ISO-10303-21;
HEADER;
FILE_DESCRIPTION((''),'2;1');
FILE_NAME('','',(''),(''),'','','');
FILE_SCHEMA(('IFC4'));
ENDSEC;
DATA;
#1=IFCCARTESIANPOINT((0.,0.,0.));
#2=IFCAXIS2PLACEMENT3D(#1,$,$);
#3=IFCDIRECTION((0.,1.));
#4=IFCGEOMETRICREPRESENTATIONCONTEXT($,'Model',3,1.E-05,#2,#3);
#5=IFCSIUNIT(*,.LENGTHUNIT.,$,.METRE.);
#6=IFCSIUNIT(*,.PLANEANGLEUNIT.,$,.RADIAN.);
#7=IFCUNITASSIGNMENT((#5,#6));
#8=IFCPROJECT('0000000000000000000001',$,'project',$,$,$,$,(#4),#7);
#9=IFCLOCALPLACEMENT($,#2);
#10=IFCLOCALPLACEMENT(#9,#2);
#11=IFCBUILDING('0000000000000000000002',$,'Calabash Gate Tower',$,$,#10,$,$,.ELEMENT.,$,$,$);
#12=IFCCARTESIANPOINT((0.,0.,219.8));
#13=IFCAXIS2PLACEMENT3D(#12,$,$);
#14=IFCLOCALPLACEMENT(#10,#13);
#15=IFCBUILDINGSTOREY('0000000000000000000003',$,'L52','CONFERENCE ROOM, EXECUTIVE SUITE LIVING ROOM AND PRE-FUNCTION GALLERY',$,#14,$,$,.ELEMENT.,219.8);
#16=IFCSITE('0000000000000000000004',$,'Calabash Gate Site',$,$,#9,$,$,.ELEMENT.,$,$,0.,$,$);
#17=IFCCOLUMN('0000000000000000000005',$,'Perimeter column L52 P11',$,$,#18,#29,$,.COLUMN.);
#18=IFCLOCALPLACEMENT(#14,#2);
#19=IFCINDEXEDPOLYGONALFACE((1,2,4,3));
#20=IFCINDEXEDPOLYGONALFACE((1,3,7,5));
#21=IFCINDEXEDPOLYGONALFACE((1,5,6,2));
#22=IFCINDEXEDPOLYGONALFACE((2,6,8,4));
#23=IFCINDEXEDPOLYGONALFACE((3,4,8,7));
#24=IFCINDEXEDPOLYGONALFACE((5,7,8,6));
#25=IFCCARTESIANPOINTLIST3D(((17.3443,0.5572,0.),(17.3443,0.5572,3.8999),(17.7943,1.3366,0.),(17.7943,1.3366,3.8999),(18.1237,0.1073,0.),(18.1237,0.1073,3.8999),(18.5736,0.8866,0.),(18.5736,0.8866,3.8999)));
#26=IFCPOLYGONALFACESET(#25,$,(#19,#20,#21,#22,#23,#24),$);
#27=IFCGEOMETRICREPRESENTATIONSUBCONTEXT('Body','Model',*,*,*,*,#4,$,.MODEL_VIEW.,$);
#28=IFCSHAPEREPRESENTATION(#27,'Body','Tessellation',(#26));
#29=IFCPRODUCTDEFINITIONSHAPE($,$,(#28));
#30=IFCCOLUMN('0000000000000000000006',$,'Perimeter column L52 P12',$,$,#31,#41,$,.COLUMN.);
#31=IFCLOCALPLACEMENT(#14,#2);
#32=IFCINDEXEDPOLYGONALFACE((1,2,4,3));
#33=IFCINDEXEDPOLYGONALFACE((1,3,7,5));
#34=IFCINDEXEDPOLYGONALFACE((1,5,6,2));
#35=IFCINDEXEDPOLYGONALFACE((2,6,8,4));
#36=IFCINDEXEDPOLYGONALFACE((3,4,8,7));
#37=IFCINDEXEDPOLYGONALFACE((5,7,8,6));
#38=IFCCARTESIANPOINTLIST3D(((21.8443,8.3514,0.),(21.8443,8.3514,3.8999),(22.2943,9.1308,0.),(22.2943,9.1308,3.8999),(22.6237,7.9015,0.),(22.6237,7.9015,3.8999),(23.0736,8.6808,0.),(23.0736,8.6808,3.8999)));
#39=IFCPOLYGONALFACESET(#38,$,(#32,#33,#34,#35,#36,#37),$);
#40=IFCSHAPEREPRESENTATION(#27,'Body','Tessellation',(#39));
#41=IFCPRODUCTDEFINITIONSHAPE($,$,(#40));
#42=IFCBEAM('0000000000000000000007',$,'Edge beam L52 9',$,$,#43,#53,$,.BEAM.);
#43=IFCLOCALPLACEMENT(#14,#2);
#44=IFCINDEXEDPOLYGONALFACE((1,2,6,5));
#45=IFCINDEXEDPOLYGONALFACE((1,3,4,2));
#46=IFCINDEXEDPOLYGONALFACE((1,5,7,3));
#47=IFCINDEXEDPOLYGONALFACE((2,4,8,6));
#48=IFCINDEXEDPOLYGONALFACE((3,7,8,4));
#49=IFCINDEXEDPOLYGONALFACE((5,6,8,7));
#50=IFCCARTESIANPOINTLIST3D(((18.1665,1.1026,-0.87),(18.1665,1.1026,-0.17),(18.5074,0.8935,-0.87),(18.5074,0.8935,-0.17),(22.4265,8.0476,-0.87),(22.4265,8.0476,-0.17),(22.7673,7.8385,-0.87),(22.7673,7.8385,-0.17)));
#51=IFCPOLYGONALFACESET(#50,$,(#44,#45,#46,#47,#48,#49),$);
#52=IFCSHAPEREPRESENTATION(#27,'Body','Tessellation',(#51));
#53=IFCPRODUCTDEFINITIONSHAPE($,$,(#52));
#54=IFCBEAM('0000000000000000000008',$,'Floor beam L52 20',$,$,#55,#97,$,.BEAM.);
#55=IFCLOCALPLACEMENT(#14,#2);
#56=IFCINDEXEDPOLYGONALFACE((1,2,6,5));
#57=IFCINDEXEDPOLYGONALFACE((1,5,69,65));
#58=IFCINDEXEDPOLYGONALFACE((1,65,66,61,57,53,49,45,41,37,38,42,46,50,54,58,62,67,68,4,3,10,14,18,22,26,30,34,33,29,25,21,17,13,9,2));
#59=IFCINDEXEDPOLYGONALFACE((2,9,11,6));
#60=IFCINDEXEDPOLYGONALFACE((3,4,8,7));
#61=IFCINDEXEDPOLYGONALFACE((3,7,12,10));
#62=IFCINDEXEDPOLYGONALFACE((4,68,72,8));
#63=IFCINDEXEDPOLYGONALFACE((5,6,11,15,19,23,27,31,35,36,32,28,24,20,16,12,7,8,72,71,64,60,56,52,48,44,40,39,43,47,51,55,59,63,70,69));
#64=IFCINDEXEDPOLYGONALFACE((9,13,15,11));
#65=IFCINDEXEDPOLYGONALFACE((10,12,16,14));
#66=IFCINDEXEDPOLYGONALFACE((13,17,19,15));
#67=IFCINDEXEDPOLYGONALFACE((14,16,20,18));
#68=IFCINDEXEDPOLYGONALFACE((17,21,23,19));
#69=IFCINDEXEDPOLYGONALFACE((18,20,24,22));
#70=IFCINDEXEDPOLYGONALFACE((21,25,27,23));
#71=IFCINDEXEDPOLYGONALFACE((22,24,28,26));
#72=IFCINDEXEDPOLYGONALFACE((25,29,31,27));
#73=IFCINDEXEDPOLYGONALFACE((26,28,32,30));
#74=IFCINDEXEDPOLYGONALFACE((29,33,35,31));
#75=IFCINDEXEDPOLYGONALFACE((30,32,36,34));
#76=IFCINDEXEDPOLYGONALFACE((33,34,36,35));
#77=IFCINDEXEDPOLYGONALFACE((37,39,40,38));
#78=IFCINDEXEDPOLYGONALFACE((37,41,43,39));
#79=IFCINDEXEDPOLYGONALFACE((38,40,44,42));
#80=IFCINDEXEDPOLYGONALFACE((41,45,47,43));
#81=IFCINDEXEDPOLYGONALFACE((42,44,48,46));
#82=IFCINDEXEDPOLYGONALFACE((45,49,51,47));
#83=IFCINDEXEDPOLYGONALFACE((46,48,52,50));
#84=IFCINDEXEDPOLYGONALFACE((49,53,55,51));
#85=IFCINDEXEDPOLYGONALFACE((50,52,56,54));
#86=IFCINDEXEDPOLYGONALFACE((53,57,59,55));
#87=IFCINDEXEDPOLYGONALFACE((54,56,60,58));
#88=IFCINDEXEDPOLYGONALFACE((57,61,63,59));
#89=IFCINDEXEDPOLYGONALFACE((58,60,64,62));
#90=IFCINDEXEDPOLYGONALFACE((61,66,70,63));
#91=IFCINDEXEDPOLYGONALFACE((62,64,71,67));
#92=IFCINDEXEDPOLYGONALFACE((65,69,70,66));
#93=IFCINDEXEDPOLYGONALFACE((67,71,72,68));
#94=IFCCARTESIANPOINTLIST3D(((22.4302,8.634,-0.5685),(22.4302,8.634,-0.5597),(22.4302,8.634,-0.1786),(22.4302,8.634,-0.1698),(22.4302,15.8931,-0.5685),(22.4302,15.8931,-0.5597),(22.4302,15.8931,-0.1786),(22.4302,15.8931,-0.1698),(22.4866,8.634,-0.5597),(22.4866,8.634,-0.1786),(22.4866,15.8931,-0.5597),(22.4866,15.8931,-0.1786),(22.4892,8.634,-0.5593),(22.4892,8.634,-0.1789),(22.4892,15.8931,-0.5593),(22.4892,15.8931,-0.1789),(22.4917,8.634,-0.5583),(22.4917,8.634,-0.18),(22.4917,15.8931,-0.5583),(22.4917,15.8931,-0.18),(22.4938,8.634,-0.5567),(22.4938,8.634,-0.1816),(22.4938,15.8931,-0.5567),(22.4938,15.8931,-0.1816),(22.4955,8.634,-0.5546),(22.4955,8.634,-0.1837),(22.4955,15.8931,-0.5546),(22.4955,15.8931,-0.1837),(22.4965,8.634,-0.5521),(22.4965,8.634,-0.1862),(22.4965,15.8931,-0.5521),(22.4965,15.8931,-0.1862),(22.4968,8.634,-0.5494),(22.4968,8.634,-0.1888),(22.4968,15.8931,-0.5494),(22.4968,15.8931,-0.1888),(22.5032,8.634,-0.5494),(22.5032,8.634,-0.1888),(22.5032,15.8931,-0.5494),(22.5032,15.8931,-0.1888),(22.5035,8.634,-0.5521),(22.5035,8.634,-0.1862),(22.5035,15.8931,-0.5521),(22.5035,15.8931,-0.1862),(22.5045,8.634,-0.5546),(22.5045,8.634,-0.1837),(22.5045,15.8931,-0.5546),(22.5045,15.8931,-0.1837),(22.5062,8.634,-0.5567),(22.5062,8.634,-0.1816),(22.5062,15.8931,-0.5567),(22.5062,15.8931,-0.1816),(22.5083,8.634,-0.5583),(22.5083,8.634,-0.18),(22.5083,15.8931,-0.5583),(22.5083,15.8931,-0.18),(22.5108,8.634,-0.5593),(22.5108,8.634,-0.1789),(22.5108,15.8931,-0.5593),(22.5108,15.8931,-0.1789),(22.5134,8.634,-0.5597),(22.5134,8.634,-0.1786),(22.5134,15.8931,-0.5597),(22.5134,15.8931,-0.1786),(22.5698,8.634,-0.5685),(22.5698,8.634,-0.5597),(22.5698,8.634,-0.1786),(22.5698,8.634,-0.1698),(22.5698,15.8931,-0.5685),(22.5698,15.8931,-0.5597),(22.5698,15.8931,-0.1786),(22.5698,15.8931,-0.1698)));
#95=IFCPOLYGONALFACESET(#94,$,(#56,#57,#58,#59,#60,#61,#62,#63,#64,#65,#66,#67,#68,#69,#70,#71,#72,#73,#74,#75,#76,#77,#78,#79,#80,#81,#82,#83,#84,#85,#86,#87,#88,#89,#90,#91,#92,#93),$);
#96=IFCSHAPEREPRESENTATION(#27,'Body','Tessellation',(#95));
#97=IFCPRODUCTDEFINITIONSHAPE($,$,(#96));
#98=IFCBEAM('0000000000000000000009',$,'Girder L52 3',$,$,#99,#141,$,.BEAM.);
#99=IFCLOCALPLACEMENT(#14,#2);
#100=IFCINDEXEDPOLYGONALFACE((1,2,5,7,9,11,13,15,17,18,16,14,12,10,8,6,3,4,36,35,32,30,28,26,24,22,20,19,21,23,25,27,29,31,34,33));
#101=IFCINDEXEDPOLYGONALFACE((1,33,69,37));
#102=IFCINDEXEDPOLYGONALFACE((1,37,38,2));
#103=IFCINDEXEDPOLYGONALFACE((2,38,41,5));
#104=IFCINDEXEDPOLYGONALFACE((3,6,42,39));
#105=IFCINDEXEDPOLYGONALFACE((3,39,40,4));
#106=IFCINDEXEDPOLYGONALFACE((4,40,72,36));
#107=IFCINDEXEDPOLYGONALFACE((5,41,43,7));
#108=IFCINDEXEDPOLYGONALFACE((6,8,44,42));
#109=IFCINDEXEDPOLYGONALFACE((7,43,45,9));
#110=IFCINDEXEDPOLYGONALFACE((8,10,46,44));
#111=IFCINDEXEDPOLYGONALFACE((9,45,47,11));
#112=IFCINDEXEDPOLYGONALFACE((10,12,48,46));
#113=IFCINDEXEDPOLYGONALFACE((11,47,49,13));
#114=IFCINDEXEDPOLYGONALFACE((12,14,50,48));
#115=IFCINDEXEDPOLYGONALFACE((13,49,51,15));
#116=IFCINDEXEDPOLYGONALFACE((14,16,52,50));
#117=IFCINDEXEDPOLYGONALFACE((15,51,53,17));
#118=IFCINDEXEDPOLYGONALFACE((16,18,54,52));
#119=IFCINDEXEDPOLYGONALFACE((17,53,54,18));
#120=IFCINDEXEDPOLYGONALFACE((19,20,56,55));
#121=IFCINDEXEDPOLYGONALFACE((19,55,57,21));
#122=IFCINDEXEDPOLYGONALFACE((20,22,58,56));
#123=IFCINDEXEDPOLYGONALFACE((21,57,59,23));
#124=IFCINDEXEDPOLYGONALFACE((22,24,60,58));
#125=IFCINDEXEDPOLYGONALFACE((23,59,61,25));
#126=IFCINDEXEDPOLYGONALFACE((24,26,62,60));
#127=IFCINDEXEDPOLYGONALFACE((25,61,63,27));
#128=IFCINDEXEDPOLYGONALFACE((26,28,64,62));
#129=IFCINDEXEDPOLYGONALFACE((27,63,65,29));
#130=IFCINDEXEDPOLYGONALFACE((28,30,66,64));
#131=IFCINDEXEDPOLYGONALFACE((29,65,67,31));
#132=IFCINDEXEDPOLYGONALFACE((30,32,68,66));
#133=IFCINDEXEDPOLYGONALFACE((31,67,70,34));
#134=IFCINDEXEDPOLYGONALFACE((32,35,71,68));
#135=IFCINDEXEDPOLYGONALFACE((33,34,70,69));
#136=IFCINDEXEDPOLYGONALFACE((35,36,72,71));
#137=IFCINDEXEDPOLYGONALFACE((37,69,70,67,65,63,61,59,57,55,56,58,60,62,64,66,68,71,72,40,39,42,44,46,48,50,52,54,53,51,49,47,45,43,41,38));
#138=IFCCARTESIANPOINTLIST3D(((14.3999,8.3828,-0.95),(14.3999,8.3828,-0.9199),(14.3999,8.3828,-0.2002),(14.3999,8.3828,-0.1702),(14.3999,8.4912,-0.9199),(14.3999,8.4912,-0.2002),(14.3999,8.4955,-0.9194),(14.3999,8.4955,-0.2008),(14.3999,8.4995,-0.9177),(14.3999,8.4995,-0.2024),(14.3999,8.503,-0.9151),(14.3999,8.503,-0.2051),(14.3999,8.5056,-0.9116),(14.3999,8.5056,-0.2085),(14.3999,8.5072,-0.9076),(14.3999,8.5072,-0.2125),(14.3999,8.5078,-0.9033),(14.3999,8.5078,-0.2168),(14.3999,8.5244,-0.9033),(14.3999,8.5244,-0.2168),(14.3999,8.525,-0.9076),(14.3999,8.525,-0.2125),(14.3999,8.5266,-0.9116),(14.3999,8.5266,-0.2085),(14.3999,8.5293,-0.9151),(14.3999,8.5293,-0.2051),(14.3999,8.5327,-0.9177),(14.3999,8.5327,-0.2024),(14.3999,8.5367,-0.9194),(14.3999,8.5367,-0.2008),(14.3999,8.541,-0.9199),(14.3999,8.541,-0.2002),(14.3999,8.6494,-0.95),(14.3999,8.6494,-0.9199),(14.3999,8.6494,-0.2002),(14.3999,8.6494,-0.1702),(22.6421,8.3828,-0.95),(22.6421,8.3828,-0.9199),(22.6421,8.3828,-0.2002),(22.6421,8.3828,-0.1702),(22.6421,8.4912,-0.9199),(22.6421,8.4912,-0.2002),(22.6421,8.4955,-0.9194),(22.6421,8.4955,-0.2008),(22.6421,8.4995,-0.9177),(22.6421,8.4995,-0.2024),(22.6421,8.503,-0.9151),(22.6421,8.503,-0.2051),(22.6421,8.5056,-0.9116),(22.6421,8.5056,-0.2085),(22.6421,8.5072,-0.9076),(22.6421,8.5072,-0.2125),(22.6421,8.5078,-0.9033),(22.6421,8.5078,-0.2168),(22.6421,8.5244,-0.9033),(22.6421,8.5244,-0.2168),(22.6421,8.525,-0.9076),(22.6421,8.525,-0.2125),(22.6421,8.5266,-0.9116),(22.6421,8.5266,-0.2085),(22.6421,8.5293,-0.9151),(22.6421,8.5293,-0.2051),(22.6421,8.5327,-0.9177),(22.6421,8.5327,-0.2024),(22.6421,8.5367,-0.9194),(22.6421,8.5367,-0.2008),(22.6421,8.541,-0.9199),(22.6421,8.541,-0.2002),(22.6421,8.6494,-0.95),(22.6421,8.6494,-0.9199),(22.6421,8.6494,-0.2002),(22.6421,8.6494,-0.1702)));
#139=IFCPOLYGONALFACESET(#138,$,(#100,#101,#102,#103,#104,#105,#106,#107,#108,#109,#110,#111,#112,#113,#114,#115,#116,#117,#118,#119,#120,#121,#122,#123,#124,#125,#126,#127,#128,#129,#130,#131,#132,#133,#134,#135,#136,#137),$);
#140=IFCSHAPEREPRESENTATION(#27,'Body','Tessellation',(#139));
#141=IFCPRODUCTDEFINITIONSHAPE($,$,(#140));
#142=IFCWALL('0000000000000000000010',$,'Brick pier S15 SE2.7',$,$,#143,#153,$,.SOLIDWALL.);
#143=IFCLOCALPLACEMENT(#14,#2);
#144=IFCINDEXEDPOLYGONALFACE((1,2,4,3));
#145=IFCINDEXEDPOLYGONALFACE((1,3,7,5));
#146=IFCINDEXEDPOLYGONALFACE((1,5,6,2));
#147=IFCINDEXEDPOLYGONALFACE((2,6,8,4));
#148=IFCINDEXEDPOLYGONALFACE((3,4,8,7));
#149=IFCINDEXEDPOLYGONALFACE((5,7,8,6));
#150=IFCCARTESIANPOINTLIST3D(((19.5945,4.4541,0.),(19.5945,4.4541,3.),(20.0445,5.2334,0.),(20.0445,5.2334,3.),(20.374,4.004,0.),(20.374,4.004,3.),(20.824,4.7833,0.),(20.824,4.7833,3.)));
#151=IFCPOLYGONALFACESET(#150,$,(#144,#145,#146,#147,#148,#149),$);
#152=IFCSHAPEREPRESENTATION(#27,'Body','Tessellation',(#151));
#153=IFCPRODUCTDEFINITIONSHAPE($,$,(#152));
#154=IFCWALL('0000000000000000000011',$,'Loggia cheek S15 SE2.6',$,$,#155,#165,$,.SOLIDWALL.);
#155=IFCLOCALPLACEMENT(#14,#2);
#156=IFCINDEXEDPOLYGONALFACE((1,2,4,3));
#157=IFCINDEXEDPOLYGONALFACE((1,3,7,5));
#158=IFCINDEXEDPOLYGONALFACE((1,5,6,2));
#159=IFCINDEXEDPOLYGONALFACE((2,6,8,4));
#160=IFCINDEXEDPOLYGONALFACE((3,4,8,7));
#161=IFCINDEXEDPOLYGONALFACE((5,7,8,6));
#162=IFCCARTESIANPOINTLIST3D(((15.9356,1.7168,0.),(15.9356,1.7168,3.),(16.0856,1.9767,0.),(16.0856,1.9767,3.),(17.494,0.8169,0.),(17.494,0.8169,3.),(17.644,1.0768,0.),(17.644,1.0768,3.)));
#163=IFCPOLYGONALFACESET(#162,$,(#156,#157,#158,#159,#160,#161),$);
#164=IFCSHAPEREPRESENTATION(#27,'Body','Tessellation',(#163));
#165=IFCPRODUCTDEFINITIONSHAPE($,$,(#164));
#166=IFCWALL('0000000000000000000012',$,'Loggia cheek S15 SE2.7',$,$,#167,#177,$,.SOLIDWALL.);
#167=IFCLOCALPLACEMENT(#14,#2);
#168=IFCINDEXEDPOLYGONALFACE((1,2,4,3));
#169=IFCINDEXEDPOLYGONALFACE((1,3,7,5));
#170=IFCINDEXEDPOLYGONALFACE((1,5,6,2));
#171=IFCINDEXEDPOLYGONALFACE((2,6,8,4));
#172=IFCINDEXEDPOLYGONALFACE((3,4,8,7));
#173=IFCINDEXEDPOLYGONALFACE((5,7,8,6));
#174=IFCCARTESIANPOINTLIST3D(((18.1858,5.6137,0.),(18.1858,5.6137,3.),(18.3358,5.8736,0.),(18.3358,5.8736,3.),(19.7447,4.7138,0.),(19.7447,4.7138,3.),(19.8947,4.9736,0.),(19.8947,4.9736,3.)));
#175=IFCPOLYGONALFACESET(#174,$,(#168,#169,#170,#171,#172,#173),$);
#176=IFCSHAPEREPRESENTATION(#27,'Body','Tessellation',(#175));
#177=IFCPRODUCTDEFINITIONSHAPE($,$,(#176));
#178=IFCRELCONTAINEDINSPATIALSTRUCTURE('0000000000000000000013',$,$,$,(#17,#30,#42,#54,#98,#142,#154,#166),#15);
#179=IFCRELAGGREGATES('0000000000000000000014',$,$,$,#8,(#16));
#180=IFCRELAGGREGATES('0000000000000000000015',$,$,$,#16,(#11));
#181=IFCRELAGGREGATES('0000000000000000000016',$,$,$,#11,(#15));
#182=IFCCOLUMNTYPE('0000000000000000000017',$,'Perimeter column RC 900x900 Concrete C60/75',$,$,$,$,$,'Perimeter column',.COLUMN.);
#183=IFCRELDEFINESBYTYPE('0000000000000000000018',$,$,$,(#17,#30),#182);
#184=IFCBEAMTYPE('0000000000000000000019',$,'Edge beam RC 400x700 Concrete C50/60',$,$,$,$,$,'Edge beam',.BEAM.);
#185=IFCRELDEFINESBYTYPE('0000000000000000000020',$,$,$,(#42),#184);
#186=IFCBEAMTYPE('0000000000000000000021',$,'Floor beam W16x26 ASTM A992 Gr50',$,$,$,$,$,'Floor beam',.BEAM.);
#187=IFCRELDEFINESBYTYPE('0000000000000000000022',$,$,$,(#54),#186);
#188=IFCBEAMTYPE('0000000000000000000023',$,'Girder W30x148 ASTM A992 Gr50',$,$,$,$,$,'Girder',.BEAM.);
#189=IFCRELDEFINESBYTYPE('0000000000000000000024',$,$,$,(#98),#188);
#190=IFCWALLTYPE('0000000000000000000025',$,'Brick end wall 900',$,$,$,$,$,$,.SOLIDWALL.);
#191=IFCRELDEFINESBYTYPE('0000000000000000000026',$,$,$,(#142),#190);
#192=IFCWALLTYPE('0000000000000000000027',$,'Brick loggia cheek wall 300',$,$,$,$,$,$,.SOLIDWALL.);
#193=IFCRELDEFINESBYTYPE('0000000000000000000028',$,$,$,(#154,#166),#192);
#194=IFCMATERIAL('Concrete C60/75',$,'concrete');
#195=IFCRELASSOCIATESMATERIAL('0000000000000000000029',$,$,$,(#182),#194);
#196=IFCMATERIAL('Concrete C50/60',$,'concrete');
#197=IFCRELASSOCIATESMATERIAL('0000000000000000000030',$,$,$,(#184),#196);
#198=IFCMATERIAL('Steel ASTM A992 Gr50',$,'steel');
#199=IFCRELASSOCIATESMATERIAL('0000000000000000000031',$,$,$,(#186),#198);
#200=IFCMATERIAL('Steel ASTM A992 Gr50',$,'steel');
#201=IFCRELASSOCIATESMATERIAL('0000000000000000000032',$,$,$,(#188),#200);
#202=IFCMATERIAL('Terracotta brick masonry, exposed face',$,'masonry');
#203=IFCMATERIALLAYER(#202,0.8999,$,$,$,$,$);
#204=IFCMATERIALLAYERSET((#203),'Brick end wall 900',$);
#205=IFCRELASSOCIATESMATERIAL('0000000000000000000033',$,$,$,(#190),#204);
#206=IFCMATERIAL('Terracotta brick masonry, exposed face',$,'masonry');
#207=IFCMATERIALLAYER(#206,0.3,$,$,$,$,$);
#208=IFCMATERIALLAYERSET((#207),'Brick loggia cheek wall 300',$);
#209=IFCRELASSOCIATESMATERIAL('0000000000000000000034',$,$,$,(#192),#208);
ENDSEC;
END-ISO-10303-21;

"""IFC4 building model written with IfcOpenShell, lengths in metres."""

from ifc_helpers import new_model, si_unit, direction, frame, frame_2d, origin, origin_2d, place, context, subcontext, project, spatial, rectangle, i_section, extrude, material, layer, layer_set, material_profile, profile_set, type_object, element, save


model = new_model("IFC4")

# Units and contexts
model_context = context("Model", 3, precision=1e-05, world=origin(), true_north=direction((0.0, 1.0)))
body_context = subcontext(model_context, "Body", "Model", "MODEL_VIEW")
ifc_project = project(units=[si_unit("LENGTHUNIT", "METRE"), si_unit("PLANEANGLEUNIT", "RADIAN")], contexts=[model_context])

# Site, building, storey
site_placement = place(None, origin())
site = spatial("IfcSite", under=ifc_project, at=site_placement, Name="Calabash Gate Site", CompositionType="ELEMENT", RefElevation=0.0)
building_placement = place(site_placement, origin())
building = spatial("IfcBuilding", under=site, at=building_placement, Name="Calabash Gate Tower", CompositionType="ELEMENT")
storey_placement = place(building_placement, frame((0.0, 0.0, 219.8)))
storey = spatial("IfcBuildingStorey", under=building, at=storey_placement, Name="L52", Description="CONFERENCE ROOM, EXECUTIVE SUITE LIVING ROOM AND PRE-FUNCTION GALLERY", CompositionType="ELEMENT", Elevation=219.8)

# Columns
ifc_material_1 = material(Name="Concrete C60/75", Category="concrete")
ifc_material_profile_1 = material_profile(ifc_material_1, rectangle(XDim=0.8999, YDim=0.8999, at=origin_2d()))
ifc_profile_set_1 = profile_set([ifc_material_profile_1], Name="Concrete C60/75")
column_type = type_object("IfcColumnType", Name="Perimeter column RC 900x900 Concrete C60/75", ElementType="Perimeter column", PredefinedType="COLUMN", material=ifc_profile_set_1)
for number, where, z_axis, x_axis, name in (
    (1, (17.959, 0.7219, 0.0), (0.0, 0.0, 1.0), (0.5, 0.866025, 0.0), "Perimeter column L52 P11"),
    (2, (22.459, 8.5161, 0.0), (0.0, 0.0, 1.0), (0.5, 0.866025, 0.0), "Perimeter column L52 P12"),
):
    element("IfcColumn", number, at=place(storey_placement, frame(where, z_axis=z_axis, x_axis=x_axis)), inside=storey, type_object=column_type, Name=name, PredefinedType="COLUMN", context=body_context, shape_type="SweptSolid", body=[
        extrude(rectangle(XDim=0.8999, YDim=0.8999, at=origin_2d()), origin(), (0.0, 0.0, 1.0), 3.8999),
    ])

# Beams
ifc_material_2 = material(Name="Concrete C50/60", Category="concrete")
ifc_material_profile_2 = material_profile(ifc_material_2, rectangle(XDim=0.3999, YDim=0.7, at=origin_2d()))
ifc_profile_set_2 = profile_set([ifc_material_profile_2], Name="Concrete C50/60")
beam_type_1 = type_object("IfcBeamType", Name="Edge beam RC 400x700 Concrete C50/60", ElementType="Edge beam", PredefinedType="BEAM", material=ifc_profile_set_2)
beam_1_placement = place(storey_placement, frame((18.3369, 0.998, -0.52), z_axis=(0.522861, 0.852418, 0.0), x_axis=(-0.852418, 0.522861, 0.0)))
element("IfcBeam", 3, at=beam_1_placement, inside=storey, type_object=beam_type_1, Name="Edge beam L52 9", PredefinedType="BEAM", context=body_context, shape_type="SweptSolid", body=[
    extrude(rectangle(XDim=0.3999, YDim=0.7, at=origin_2d()), origin(), (0.0, 0.0, 1.0), 8.1475),
])
ifc_material_3 = material(Name="Steel ASTM A992 Gr50", Category="steel")
ifc_material_profile_3 = material_profile(ifc_material_3, i_section(OverallWidth=0.1396, OverallDepth=0.3987, WebThickness=0.0063, FlangeThickness=0.0088, FilletRadius=0.0103, at=origin_2d()))
ifc_profile_set_3 = profile_set([ifc_material_profile_3], Name="Steel ASTM A992 Gr50")
beam_type_2 = type_object("IfcBeamType", Name="Floor beam W16x26 ASTM A992 Gr50", ElementType="Floor beam", PredefinedType="BEAM", material=ifc_profile_set_3)
beam_2_placement = place(storey_placement, frame((22.5, 8.634, -0.3691), z_axis=(0.0, 1.0, 0.0), x_axis=(-1.0, 0.0, 0.0)))
element("IfcBeam", 4, at=beam_2_placement, inside=storey, type_object=beam_type_2, Name="Floor beam L52 20", PredefinedType="BEAM", context=body_context, shape_type="SweptSolid", body=[
    extrude(i_section(OverallWidth=0.1396, OverallDepth=0.3987, WebThickness=0.0063, FlangeThickness=0.0088, FilletRadius=0.0103, at=origin_2d()), origin(), (0.0, 0.0, 1.0), 7.259),
])
ifc_material_4 = material(Name="Steel ASTM A992 Gr50", Category="steel")
ifc_material_profile_4 = material_profile(ifc_material_4, i_section(OverallWidth=0.2666, OverallDepth=0.7798, WebThickness=0.0166, FlangeThickness=0.03, FilletRadius=0.0166, at=origin_2d()))
ifc_profile_set_4 = profile_set([ifc_material_profile_4], Name="Steel ASTM A992 Gr50")
beam_type_3 = type_object("IfcBeamType", Name="Girder W30x148 ASTM A992 Gr50", ElementType="Girder", PredefinedType="BEAM", material=ifc_profile_set_4)
beam_3_placement = place(storey_placement, frame((22.6421, 8.5161, -0.5601), z_axis=(-1.0, 0.0, 0.0), x_axis=(0.0, -1.0, 0.0)))
element("IfcBeam", 5, at=beam_3_placement, inside=storey, type_object=beam_type_3, Name="Girder L52 3", PredefinedType="BEAM", context=body_context, shape_type="SweptSolid", body=[
    extrude(i_section(OverallWidth=0.2666, OverallDepth=0.7798, WebThickness=0.0166, FlangeThickness=0.03, FilletRadius=0.0166, at=origin_2d()), origin(), (0.0, 0.0, 1.0), 8.2422),
])

# Walls
ifc_material_5 = material(Name="Terracotta brick masonry, exposed face", Category="masonry")
ifc_layer_1 = layer(ifc_material_5, 0.8999)
ifc_layer_set_1 = layer_set([ifc_layer_1], Name="Brick end wall 900")
wall_type_1 = type_object("IfcWallType", Name="Brick end wall 900", PredefinedType="SOLIDWALL", material=ifc_layer_set_1)
wall_1_placement = place(storey_placement, frame((20.5991, 4.3936, 0.0), z_axis=(0.0, 0.0, 1.0), x_axis=(-0.865964, 0.500106, 0.0)))
element("IfcWall", 6, at=wall_1_placement, inside=storey, type_object=wall_type_1, Name="Brick pier S15 SE2.7", PredefinedType="SOLIDWALL", context=body_context, shape_type="SweptSolid", body=[
    extrude(rectangle(XDim=0.9001, YDim=0.8999, at=frame_2d((0.4502, 0.0))), origin(), (0.0, 0.0, 1.0), 3.0),
])
ifc_material_6 = material(Name="Terracotta brick masonry, exposed face", Category="masonry")
ifc_layer_2 = layer(ifc_material_6, 0.3)
ifc_layer_set_2 = layer_set([ifc_layer_2], Name="Brick loggia cheek wall 300")
wall_type_2 = type_object("IfcWallType", Name="Brick loggia cheek wall 300", PredefinedType="SOLIDWALL", material=ifc_layer_set_2)
wall_2_placement = place(storey_placement, frame((17.5691, 0.9468, 0.0), z_axis=(0.0, 0.0, 1.0), x_axis=(-0.86598, 0.500079, 0.0)))
element("IfcWall", 7, at=wall_2_placement, inside=storey, type_object=wall_type_2, Name="Loggia cheek S15 SE2.6", PredefinedType="SOLIDWALL", context=body_context, shape_type="SweptSolid", body=[
    extrude(rectangle(XDim=1.7996, YDim=0.3, at=frame_2d((0.8999, 0.0))), origin(), (0.0, 0.0, 1.0), 3.0),
])
wall_3_placement = place(storey_placement, frame((19.8196, 4.8438, 0.0), z_axis=(0.0, 0.0, 1.0), x_axis=(-0.866048, 0.499961, 0.0)))
element("IfcWall", 8, at=wall_3_placement, inside=storey, type_object=wall_type_2, Name="Loggia cheek S15 SE2.7", PredefinedType="SOLIDWALL", context=body_context, shape_type="SweptSolid", body=[
    extrude(rectangle(XDim=1.8, YDim=0.3, at=frame_2d((0.8999, 0.0))), origin(), (0.0, 0.0, 1.0), 3.0),
])

save(model, "model.ifc")
